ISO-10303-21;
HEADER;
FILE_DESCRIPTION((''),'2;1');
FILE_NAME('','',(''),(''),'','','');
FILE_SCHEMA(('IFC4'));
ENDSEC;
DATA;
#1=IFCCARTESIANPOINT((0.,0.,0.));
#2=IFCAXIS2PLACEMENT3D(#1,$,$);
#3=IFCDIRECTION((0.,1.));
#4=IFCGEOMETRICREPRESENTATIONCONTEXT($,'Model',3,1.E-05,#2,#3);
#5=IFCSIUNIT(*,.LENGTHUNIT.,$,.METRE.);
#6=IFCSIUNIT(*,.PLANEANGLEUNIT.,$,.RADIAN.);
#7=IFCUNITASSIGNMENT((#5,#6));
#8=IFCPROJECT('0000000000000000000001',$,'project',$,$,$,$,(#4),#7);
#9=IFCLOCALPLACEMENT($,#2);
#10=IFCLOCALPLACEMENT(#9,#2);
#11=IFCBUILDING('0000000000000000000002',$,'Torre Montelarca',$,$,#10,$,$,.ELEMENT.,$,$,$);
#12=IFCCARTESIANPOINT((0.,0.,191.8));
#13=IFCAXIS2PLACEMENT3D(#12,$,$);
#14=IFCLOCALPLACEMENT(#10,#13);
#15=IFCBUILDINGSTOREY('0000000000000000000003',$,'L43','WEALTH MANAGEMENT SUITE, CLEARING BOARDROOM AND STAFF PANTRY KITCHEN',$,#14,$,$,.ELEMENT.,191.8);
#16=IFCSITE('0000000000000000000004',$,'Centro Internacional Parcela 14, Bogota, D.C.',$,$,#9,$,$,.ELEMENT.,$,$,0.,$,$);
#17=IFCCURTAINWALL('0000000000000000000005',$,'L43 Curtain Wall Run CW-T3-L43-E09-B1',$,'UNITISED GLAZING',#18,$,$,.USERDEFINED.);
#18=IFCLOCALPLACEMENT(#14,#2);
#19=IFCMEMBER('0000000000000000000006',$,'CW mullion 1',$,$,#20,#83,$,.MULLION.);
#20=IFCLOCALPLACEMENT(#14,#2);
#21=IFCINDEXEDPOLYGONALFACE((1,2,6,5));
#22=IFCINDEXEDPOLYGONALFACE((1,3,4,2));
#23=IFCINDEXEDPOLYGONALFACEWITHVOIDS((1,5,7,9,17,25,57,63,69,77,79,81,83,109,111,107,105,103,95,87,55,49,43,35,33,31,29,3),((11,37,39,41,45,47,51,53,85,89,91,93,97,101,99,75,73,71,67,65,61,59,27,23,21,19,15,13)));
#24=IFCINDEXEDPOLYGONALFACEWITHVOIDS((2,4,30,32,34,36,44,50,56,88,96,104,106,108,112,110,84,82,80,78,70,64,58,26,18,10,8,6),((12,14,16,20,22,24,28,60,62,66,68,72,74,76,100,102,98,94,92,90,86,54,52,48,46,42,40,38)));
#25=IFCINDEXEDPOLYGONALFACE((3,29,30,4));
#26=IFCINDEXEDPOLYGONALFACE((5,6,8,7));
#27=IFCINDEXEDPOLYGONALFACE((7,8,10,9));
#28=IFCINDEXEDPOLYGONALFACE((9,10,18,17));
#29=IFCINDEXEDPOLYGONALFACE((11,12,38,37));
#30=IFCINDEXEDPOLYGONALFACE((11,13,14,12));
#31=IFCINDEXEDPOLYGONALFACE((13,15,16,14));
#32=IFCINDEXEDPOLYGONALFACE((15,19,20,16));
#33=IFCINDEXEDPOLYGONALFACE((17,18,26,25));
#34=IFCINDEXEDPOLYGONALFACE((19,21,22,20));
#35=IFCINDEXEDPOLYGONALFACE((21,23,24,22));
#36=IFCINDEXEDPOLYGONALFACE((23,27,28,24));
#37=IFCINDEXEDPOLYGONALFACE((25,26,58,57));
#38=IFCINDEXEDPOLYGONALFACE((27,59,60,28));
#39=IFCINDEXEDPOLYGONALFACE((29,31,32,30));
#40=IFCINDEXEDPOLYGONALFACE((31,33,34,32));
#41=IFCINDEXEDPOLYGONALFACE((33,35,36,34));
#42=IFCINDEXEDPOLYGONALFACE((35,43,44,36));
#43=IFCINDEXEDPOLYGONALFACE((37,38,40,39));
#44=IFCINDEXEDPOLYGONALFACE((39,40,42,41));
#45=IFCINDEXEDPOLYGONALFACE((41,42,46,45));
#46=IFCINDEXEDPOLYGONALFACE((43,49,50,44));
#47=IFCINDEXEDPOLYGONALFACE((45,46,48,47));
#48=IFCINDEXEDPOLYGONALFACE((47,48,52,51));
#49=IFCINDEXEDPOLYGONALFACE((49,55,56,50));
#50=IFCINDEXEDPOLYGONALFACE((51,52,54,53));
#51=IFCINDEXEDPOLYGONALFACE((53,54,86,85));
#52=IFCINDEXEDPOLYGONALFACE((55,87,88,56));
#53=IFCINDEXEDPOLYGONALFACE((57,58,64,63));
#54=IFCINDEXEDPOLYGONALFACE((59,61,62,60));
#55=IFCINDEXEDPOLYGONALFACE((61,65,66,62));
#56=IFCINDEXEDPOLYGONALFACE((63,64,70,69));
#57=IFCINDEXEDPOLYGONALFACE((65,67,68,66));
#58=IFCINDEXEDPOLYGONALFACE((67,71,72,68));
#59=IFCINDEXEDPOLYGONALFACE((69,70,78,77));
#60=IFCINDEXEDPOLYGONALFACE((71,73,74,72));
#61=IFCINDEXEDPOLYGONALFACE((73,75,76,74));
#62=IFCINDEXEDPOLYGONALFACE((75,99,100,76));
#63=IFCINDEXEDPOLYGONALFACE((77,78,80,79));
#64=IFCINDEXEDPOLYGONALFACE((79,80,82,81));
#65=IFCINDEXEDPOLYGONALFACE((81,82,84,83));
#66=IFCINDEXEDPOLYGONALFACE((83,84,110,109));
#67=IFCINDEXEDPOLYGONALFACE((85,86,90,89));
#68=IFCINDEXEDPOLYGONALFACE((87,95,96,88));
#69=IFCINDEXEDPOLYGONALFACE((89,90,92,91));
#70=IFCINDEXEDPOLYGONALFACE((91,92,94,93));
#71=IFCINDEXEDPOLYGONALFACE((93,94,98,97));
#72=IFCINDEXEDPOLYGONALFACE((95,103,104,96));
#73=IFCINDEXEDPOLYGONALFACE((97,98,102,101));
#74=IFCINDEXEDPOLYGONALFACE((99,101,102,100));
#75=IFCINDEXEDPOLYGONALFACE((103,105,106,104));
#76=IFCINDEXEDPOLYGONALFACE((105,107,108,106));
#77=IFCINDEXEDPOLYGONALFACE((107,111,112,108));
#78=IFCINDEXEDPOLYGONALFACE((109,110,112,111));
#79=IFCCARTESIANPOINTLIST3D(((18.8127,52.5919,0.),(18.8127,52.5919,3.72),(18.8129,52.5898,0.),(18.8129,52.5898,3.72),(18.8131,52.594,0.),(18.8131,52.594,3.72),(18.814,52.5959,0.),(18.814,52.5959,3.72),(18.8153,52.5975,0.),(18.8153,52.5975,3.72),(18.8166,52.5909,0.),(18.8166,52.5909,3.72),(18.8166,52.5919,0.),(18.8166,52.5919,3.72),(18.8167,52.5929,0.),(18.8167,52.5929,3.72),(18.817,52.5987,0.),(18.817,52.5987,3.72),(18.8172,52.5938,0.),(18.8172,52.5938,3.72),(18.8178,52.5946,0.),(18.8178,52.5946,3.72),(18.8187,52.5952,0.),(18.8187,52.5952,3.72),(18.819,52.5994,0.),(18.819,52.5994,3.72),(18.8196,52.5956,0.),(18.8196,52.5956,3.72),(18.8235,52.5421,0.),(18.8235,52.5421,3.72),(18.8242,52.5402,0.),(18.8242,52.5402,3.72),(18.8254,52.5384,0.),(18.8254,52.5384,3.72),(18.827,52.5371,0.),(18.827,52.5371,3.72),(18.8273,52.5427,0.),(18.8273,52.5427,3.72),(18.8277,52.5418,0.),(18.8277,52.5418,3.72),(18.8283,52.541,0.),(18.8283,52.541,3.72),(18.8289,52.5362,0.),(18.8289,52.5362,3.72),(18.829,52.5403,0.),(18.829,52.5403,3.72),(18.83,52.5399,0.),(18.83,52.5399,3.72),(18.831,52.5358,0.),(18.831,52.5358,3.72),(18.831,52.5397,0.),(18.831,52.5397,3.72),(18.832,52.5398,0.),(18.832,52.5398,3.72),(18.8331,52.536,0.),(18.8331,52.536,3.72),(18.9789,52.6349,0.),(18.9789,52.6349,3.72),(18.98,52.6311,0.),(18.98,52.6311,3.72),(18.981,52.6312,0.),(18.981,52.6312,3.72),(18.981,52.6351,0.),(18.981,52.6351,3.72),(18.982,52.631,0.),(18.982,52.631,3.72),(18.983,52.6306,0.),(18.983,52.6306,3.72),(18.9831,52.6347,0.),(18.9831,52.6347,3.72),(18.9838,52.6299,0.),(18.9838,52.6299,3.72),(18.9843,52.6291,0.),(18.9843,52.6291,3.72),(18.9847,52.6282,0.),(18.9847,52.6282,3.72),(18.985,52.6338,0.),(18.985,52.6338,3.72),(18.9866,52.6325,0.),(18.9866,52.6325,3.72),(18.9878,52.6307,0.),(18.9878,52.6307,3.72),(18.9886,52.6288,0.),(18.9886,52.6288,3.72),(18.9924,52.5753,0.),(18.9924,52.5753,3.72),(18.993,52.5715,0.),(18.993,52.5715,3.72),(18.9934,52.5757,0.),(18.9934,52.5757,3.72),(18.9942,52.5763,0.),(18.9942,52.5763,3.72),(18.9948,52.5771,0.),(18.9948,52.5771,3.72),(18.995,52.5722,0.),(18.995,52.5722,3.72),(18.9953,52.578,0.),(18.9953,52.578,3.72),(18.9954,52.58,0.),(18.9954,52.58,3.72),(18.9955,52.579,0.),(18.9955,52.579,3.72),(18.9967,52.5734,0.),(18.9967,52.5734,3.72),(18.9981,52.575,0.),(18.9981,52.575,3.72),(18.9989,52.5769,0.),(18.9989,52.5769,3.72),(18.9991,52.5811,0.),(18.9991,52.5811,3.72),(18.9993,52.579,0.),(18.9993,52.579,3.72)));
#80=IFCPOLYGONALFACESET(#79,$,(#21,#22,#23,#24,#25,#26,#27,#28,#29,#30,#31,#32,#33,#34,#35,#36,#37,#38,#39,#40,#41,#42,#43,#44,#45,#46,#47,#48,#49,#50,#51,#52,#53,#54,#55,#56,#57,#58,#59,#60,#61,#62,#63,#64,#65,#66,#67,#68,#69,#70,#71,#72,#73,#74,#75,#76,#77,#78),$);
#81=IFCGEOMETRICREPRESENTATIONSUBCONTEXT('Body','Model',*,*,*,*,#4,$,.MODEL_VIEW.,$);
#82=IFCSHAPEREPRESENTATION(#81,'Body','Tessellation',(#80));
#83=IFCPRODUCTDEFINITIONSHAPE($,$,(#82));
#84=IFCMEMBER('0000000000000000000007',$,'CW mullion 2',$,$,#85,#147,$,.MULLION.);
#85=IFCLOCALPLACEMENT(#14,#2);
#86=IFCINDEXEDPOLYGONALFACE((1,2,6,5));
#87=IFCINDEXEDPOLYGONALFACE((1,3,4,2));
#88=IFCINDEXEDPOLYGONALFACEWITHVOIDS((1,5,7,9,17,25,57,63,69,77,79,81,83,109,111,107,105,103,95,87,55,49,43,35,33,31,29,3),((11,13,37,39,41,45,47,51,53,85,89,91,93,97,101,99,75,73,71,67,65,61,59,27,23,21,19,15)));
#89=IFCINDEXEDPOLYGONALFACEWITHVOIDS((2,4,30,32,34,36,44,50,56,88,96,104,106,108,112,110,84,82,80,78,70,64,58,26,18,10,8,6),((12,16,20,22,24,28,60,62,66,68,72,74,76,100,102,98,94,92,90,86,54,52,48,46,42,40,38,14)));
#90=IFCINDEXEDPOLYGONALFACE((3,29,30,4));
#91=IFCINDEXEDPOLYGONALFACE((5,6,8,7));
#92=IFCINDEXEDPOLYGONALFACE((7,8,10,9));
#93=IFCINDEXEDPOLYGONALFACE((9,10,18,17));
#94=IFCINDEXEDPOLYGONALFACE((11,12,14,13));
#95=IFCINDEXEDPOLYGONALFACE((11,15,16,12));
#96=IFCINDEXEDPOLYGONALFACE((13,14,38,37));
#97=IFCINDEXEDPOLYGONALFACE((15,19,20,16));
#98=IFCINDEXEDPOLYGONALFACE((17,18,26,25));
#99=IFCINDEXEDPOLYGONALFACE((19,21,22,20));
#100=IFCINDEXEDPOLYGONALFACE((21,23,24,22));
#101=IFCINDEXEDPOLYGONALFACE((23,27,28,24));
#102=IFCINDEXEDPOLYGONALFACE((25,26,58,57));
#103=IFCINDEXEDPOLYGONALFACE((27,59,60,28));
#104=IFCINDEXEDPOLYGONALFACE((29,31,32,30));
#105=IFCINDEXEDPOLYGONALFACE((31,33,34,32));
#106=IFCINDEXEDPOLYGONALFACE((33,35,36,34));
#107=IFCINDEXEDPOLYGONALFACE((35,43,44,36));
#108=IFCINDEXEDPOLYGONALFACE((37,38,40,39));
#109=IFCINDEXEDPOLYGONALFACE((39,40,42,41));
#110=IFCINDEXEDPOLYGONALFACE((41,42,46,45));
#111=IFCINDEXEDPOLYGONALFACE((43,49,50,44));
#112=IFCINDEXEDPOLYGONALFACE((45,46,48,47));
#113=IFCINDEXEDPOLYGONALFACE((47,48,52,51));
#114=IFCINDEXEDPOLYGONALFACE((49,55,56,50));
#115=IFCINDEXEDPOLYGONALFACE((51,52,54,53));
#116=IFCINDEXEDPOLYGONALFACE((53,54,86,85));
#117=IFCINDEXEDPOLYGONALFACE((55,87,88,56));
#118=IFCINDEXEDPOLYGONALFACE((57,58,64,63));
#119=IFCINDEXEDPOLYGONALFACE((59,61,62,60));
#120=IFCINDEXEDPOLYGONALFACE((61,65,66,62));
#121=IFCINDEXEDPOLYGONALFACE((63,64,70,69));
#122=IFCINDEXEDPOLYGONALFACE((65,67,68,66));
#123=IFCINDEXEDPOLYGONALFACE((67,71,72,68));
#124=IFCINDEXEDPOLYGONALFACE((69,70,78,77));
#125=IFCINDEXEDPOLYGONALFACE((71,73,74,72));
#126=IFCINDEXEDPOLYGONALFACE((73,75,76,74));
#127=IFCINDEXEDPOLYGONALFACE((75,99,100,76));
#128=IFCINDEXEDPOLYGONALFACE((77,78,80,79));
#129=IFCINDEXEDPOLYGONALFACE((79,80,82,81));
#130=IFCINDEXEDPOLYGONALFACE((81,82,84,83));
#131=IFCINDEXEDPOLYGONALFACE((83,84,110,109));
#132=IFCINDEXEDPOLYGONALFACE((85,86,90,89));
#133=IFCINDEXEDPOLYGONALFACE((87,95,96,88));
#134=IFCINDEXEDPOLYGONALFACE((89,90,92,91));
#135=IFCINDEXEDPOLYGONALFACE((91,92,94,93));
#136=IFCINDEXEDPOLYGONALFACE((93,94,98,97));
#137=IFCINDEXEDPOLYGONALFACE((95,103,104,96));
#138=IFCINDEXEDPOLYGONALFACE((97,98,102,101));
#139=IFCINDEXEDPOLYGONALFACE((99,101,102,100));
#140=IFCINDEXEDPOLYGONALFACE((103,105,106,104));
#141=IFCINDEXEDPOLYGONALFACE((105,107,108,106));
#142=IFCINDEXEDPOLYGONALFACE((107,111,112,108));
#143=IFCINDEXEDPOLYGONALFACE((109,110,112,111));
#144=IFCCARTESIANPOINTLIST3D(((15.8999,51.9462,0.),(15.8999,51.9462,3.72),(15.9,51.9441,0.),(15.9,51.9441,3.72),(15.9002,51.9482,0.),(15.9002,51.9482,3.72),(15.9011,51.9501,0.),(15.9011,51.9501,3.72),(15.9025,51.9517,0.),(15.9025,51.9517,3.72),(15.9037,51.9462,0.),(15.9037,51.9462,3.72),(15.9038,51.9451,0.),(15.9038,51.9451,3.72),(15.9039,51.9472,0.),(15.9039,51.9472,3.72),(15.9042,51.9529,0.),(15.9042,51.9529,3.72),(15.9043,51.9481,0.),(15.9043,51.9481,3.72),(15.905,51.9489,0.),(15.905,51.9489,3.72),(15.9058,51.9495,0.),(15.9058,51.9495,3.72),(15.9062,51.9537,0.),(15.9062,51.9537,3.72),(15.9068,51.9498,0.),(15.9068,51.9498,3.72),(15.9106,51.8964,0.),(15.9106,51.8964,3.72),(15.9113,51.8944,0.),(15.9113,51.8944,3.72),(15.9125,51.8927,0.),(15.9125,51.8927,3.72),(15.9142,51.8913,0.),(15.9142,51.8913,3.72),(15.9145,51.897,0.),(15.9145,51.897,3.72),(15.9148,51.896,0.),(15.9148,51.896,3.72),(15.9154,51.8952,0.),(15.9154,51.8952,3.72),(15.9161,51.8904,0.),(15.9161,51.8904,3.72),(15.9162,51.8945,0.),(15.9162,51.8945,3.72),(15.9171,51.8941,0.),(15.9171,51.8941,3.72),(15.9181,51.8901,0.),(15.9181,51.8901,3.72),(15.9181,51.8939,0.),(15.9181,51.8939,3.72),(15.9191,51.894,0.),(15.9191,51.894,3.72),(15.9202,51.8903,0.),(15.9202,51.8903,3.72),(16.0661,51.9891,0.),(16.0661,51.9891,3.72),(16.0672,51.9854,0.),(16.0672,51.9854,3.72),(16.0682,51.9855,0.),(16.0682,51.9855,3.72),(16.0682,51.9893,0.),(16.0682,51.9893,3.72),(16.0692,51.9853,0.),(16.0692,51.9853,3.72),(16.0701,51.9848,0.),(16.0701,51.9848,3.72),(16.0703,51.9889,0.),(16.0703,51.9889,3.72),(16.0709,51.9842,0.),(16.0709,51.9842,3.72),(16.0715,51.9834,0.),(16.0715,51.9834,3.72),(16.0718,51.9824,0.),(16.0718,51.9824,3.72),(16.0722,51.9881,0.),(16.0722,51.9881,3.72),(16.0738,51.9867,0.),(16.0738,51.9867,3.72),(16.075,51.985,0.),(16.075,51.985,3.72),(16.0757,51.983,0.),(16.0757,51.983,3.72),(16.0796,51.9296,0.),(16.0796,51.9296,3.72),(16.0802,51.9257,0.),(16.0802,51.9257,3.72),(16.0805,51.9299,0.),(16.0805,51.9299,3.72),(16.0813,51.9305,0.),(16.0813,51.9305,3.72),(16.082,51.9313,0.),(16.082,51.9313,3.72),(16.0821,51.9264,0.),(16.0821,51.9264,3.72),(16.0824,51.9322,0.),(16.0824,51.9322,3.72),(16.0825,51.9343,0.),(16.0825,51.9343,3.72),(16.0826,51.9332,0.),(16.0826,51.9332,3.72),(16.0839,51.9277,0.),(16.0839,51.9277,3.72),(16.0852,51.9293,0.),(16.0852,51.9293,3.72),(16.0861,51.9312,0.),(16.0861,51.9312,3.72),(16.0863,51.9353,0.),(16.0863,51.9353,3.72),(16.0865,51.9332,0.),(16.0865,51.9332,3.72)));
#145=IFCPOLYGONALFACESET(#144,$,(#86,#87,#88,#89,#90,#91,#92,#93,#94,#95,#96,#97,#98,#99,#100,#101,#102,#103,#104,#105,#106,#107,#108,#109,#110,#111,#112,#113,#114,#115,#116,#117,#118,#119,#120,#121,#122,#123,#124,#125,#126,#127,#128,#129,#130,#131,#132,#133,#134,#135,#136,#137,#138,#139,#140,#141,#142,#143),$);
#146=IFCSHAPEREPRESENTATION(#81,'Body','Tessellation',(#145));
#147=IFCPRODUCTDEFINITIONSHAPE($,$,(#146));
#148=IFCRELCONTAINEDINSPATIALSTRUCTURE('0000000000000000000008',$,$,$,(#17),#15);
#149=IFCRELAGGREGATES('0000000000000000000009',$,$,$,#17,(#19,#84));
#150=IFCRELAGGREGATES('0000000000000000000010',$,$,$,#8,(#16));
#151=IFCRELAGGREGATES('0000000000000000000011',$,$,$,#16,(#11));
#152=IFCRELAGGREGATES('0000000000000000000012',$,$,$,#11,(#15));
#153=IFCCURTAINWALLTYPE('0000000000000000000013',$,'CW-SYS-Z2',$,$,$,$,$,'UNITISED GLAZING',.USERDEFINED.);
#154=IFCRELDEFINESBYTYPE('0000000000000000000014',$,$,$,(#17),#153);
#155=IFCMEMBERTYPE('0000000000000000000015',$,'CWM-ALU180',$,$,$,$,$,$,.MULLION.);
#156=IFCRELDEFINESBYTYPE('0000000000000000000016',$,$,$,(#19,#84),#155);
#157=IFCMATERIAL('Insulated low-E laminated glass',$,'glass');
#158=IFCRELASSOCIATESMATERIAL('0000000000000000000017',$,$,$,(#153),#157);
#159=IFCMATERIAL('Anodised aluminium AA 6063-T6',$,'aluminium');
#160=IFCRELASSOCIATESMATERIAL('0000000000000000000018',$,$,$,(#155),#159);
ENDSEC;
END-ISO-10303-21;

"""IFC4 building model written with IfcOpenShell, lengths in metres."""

from ifc_helpers import new_model, si_unit, direction, frame, origin, origin_2d, place, context, subcontext, project, spatial, hollow_rectangle, extrude, source, transform, mapped, material, material_profile, profile_set, type_object, element, aggregate, save


model = new_model("IFC4")

# Units and contexts
model_context = context("Model", 3, precision=1e-05, world=origin(), true_north=direction((0.0, 1.0)))
body_context = subcontext(model_context, "Body", "Model", "MODEL_VIEW")
ifc_project = project(units=[si_unit("LENGTHUNIT", "METRE"), si_unit("PLANEANGLEUNIT", "RADIAN")], contexts=[model_context])

# Site, building, storey
site_placement = place(None, origin())
site = spatial("IfcSite", under=ifc_project, at=site_placement, Name="Centro Internacional Parcela 14, Bogota, D.C.", CompositionType="ELEMENT", RefElevation=0.0)
building_placement = place(site_placement, origin())
building = spatial("IfcBuilding", under=site, at=building_placement, Name="Torre Montelarca", CompositionType="ELEMENT")
storey_placement = place(building_placement, frame((0.0, 0.0, 191.8)))
storey = spatial("IfcBuildingStorey", under=building, at=storey_placement, Name="L43", Description="WEALTH MANAGEMENT SUITE, CLEARING BOARDROOM AND STAFF PANTRY KITCHEN", CompositionType="ELEMENT", Elevation=191.8)

# Curtain wall, members
ifc_material_1 = material(Name="Insulated low-E laminated glass", Category="glass")
curtain_wall_type = type_object("IfcCurtainWallType", Name="CW-SYS-Z2", ElementType="UNITISED GLAZING", PredefinedType="USERDEFINED", material=ifc_material_1)
curtain_wall_1_placement = place(storey_placement, origin())
curtain_wall_1 = element("IfcCurtainWall", 1, at=curtain_wall_1_placement, inside=storey, type_object=curtain_wall_type, Name="L43 Curtain Wall Run CW-T3-L43-E09-B1", ObjectType="UNITISED GLAZING", PredefinedType="USERDEFINED")
ifc_material_2 = material(Name="Anodised aluminium AA 6063-T6", Category="aluminium")
ifc_material_profile_1 = material_profile(ifc_material_2, hollow_rectangle(XDim=0.0649, YDim=0.1799, WallThickness=0.0039, InnerFilletRadius=0.0039, OuterFilletRadius=0.0081, at=origin_2d()), Name="ALU65X180X4", Category="aluminium")
ifc_profile_set_1 = profile_set([ifc_material_profile_1], Name="Anodised aluminium AA 6063-T6")
member_type_1 = type_object("IfcMemberType", Name="CWM-ALU180", PredefinedType="MULLION", material=ifc_profile_set_1)
shared_shape_1 = source(origin(), body_context, "Body", "SweptSolid", [
    extrude(hollow_rectangle(XDim=0.0649, YDim=0.1799, WallThickness=0.0039, InnerFilletRadius=0.0039, OuterFilletRadius=0.0081, at=origin_2d()), origin(), (0.0, 0.0, 1.0), 3.72),
])
member_1_placement = place(storey_placement, frame((18.906, 52.5854, 0.0), z_axis=(0.0, 0.0, 1.0), x_axis=(0.216448, -0.976294, 0.0)))
member_1 = element("IfcMember", 2, at=member_1_placement, type_object=member_type_1, Name="CW mullion 1", PredefinedType="MULLION", context=body_context, shape_type="MappedRepresentation", body=[
    mapped(shared_shape_1, transform((0.0, 0.0, 0.0), scale=1.0)),
])
member_2_placement = place(storey_placement, frame((15.9932, 51.9397, 0.0), z_axis=(0.0, 0.0, 1.0), x_axis=(0.216448, -0.976294, 0.0)))
member_2 = element("IfcMember", 3, at=member_2_placement, type_object=member_type_1, Name="CW mullion 2", PredefinedType="MULLION", context=body_context, shape_type="MappedRepresentation", body=[
    mapped(shared_shape_1, transform((0.0, 0.0, 0.0), scale=1.0)),
])

aggregate(curtain_wall_1, [member_1, member_2])

save(model, "model.ifc")
